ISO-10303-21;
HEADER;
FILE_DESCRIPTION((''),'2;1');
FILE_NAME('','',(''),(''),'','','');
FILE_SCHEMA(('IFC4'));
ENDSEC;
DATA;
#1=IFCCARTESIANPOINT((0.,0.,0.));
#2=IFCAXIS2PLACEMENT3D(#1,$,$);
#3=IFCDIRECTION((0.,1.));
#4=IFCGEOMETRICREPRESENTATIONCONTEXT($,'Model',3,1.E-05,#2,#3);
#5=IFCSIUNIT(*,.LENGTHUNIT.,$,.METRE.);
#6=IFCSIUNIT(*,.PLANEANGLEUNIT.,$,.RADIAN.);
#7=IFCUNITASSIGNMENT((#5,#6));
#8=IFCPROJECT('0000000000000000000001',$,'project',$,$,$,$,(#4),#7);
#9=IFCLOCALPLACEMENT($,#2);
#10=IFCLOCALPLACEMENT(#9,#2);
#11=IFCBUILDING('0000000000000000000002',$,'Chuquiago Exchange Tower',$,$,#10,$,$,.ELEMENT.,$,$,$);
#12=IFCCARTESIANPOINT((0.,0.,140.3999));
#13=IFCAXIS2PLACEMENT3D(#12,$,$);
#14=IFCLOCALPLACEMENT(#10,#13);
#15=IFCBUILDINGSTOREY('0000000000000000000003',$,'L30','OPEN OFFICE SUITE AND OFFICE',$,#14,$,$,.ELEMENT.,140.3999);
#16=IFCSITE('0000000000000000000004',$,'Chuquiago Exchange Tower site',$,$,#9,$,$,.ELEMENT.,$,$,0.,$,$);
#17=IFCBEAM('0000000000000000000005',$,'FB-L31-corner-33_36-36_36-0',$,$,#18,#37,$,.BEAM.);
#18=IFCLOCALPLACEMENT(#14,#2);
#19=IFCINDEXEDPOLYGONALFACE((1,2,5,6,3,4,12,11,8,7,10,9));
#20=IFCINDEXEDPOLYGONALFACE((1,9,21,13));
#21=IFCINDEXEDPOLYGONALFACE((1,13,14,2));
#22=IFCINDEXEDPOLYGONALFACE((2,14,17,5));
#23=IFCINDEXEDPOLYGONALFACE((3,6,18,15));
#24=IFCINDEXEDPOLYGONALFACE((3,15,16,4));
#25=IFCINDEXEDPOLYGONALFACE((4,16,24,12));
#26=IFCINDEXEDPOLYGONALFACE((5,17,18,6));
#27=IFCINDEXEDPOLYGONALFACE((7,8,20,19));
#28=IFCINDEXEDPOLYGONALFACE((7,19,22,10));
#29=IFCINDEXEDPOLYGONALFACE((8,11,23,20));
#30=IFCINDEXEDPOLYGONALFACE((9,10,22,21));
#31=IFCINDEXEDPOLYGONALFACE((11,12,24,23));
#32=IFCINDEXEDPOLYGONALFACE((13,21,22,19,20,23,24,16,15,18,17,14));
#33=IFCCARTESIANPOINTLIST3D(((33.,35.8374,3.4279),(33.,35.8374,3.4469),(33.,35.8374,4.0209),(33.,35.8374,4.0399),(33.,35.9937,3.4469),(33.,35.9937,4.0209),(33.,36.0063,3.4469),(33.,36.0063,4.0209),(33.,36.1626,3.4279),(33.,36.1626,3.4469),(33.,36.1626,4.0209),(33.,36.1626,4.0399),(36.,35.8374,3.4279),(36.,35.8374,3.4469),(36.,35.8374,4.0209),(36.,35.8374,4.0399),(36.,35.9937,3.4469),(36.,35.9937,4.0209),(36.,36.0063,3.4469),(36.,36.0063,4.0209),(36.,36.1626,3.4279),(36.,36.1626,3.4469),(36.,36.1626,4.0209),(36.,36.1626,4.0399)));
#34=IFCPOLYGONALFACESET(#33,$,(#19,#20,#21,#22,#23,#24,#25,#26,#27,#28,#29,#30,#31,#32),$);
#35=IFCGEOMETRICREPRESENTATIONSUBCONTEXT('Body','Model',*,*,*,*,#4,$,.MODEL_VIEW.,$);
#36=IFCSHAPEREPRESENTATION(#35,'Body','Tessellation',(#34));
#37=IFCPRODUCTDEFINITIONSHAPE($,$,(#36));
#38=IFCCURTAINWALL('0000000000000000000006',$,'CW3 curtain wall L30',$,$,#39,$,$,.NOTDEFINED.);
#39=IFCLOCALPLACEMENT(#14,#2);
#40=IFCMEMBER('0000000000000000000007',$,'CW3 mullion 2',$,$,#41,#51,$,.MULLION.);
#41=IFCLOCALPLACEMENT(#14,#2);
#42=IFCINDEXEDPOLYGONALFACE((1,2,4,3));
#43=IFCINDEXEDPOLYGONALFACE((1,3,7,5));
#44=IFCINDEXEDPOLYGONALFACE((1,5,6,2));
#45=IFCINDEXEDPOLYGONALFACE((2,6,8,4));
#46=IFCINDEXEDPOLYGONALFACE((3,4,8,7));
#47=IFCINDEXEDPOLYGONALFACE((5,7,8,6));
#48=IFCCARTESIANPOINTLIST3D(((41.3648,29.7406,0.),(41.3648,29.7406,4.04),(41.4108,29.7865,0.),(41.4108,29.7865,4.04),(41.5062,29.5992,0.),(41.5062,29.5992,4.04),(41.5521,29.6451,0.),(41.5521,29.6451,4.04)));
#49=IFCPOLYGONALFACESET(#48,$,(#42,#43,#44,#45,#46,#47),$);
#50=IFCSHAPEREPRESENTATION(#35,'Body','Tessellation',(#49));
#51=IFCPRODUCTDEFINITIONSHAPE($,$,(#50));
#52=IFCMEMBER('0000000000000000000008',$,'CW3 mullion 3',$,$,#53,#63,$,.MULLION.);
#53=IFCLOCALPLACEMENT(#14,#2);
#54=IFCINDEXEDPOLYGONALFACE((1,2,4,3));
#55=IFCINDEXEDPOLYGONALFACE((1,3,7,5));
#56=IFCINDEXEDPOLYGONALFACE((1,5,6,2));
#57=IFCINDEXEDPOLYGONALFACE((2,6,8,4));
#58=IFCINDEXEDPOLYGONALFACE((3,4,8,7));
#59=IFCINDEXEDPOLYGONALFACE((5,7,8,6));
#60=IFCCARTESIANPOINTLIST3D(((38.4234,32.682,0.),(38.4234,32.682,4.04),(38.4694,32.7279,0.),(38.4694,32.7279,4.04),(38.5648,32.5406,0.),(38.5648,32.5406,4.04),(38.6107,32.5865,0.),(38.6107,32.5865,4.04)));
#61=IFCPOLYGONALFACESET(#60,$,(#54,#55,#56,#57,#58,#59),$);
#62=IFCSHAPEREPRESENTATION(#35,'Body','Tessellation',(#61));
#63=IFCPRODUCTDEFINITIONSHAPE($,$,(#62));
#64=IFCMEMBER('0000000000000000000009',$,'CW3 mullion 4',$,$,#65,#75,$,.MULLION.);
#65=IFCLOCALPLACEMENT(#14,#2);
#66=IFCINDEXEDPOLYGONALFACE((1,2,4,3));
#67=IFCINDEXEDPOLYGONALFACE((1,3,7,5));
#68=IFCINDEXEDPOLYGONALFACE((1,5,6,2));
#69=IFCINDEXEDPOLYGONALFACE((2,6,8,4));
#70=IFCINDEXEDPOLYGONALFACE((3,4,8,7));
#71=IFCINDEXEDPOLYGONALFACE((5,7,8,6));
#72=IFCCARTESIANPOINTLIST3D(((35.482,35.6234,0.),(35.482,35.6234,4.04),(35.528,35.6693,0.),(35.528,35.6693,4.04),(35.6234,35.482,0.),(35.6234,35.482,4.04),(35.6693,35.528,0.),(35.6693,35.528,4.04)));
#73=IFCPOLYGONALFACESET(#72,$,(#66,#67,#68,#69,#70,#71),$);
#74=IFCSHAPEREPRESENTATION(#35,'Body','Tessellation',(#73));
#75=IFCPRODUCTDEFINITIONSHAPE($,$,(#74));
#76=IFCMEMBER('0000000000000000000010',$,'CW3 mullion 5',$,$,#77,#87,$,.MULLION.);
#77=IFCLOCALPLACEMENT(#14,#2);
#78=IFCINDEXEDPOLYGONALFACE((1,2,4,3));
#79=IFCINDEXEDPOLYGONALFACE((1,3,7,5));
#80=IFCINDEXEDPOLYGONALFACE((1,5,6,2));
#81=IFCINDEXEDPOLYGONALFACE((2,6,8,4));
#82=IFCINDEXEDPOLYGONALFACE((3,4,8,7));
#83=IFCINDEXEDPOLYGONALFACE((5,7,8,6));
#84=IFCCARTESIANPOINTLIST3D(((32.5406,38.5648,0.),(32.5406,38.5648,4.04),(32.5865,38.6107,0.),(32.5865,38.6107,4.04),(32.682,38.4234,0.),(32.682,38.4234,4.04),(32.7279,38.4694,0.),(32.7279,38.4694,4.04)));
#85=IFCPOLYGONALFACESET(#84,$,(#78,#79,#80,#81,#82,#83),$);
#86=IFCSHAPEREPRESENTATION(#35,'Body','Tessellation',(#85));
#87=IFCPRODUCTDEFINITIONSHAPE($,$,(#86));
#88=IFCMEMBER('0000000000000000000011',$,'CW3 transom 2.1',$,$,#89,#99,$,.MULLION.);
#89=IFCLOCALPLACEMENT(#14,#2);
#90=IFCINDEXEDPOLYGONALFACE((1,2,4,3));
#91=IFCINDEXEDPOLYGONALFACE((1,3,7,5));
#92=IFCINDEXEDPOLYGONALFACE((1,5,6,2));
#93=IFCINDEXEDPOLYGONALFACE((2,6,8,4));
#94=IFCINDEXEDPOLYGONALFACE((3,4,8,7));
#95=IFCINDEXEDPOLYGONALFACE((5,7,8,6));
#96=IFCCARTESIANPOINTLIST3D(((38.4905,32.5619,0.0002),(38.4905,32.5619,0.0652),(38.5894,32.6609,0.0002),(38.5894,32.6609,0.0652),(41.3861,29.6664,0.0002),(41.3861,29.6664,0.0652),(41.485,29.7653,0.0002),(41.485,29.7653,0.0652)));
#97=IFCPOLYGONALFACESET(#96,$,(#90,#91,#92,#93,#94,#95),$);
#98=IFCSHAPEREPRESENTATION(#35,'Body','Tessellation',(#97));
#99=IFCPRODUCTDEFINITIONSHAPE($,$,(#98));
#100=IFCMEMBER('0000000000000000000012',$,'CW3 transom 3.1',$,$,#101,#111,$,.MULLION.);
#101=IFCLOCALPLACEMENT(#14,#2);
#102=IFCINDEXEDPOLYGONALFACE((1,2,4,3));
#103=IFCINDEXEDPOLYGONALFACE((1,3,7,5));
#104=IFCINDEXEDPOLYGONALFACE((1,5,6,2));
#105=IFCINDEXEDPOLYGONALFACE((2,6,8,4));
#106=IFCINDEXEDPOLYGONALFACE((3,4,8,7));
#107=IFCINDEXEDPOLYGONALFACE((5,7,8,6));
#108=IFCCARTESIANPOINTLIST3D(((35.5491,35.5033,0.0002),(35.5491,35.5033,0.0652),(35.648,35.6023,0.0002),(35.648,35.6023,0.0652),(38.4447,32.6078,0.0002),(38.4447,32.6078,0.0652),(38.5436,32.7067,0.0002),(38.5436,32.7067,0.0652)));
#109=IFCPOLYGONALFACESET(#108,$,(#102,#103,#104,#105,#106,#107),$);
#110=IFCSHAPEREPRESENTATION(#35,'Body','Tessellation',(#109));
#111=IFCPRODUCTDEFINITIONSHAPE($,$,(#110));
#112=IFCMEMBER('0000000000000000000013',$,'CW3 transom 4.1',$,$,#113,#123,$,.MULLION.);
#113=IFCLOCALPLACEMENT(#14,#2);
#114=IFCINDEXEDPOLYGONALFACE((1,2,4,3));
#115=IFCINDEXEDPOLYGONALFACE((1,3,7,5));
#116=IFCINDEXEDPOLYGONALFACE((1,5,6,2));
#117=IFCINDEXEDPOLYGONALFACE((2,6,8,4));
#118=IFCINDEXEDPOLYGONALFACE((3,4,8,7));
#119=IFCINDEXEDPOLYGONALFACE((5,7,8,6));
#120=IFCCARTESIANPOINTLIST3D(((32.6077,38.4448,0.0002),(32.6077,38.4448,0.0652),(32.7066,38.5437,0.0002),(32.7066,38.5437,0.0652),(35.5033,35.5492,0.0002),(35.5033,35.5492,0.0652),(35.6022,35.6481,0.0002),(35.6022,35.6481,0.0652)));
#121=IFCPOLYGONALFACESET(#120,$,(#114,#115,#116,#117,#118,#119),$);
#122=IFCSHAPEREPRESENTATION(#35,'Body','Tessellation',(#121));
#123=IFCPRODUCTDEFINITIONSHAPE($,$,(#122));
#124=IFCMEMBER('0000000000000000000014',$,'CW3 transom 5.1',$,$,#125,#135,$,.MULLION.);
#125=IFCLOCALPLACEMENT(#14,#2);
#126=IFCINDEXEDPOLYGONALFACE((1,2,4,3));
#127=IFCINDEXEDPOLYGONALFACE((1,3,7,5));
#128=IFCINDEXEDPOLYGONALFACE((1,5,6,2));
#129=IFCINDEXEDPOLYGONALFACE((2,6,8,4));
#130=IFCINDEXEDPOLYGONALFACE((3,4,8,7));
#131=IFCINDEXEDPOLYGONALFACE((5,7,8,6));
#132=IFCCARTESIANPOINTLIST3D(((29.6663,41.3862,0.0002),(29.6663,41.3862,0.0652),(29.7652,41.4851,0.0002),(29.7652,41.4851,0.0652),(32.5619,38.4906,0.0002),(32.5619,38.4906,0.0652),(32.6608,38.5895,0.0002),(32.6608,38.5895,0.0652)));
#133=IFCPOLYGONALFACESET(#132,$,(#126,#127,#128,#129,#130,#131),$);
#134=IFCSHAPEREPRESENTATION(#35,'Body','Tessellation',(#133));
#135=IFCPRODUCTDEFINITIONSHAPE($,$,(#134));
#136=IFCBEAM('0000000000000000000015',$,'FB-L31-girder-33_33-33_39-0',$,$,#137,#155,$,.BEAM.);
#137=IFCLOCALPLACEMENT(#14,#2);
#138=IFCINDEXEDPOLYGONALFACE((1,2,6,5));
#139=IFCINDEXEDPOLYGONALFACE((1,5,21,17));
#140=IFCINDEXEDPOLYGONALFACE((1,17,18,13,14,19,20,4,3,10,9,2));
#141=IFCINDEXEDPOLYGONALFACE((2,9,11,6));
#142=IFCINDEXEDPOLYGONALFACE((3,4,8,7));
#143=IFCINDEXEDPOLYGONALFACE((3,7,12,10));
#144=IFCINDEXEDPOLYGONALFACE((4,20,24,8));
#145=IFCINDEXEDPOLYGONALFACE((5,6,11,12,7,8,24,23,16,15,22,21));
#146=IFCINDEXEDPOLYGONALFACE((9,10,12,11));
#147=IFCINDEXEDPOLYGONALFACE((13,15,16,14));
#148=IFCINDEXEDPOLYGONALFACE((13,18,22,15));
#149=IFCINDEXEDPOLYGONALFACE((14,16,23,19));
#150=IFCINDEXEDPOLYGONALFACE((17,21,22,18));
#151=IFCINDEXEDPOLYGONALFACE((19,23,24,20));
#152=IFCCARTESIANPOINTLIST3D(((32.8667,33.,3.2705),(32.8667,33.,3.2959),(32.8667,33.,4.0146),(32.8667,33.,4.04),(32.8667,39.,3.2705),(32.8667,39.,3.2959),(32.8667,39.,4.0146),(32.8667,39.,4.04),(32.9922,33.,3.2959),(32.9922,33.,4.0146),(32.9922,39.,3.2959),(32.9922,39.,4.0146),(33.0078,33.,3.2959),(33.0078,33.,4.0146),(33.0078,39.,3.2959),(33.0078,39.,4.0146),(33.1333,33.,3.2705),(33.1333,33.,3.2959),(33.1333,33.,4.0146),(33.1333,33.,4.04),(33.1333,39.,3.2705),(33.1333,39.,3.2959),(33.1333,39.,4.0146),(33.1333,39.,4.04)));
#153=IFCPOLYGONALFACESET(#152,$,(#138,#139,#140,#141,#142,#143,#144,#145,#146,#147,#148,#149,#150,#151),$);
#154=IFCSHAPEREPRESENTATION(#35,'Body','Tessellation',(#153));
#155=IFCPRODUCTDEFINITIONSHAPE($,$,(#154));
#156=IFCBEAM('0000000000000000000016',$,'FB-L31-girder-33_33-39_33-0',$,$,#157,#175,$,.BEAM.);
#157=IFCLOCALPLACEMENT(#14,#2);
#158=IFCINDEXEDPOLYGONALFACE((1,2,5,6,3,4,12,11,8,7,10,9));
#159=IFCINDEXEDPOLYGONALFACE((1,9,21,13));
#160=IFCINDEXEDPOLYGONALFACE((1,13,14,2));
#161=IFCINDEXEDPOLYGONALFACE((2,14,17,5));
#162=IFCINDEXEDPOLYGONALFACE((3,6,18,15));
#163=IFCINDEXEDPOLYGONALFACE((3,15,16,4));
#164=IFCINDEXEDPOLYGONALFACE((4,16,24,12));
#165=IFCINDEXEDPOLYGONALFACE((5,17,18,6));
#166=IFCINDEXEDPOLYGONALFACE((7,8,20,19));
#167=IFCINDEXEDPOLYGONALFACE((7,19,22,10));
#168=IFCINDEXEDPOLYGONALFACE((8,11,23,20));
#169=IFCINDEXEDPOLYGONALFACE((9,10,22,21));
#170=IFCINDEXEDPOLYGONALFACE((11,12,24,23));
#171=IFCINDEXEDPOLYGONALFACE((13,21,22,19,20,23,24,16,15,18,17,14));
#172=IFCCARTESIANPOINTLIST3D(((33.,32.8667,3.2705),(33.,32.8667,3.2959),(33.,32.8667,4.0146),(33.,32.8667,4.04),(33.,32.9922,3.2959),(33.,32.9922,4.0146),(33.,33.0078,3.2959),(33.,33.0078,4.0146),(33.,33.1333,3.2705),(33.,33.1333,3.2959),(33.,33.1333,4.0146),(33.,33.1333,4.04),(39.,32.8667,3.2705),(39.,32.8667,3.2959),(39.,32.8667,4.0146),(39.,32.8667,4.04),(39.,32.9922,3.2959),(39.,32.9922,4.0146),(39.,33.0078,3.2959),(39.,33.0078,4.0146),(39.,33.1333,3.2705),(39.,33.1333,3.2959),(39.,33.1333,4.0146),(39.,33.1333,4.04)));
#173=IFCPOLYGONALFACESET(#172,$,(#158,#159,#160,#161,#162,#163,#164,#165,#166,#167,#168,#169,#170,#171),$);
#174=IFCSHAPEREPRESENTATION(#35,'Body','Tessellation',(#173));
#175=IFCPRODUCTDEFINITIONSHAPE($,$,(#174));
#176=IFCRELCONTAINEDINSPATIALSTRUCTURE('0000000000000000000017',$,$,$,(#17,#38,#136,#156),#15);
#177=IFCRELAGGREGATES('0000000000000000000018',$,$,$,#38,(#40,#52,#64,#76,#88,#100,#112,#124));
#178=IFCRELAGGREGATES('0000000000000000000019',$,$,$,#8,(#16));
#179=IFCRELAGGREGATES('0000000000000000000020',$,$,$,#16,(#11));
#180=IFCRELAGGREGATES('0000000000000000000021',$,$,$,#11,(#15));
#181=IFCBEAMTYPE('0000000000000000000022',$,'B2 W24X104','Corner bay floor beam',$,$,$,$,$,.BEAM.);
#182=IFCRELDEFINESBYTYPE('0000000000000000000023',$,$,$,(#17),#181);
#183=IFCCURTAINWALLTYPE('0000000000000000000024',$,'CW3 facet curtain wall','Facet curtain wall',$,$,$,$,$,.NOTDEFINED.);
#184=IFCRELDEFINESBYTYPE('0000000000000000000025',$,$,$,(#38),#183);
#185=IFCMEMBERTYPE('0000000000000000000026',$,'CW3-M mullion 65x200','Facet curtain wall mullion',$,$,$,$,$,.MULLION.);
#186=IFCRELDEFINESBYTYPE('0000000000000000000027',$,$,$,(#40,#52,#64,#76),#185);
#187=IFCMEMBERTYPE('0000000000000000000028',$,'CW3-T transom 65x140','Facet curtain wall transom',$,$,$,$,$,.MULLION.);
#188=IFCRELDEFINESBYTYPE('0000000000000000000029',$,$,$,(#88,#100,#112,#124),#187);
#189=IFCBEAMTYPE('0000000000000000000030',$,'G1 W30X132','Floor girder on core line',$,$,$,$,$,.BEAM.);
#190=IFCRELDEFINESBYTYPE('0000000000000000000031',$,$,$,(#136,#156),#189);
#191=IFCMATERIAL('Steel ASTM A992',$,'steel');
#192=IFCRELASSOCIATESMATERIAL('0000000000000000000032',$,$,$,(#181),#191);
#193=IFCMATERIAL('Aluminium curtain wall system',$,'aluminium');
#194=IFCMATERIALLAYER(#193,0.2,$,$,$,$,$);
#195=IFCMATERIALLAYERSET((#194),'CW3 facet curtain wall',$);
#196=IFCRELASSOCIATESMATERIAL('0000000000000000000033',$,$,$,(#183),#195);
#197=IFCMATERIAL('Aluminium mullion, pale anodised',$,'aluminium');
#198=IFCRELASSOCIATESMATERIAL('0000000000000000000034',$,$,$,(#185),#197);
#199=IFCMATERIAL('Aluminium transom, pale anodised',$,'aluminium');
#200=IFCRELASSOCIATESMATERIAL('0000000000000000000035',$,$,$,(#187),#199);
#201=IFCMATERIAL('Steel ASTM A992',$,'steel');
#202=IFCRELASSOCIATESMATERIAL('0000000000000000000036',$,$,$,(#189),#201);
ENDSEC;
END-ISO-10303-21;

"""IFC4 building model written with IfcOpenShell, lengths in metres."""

from ifc_helpers import new_model, si_unit, direction, frame, origin, origin_2d, place, context, subcontext, project, spatial, rectangle, i_section, extrude, material, layer, layer_set, material_profile, profile_set, type_object, element, aggregate, save


model = new_model("IFC4")

# Units and contexts
model_context = context("Model", 3, precision=1e-05, world=origin(), true_north=direction((0.0, 1.0)))
body_context = subcontext(model_context, "Body", "Model", "MODEL_VIEW")
ifc_project = project(units=[si_unit("LENGTHUNIT", "METRE"), si_unit("PLANEANGLEUNIT", "RADIAN")], contexts=[model_context])

# Site, building, storey
site_placement = place(None, origin())
site = spatial("IfcSite", under=ifc_project, at=site_placement, Name="Chuquiago Exchange Tower site", CompositionType="ELEMENT", RefElevation=0.0)
building_placement = place(site_placement, origin())
building = spatial("IfcBuilding", under=site, at=building_placement, Name="Chuquiago Exchange Tower", CompositionType="ELEMENT")
storey_placement = place(building_placement, frame((0.0, 0.0, 140.3999)))
storey = spatial("IfcBuildingStorey", under=building, at=storey_placement, Name="L30", Description="OPEN OFFICE SUITE AND OFFICE", CompositionType="ELEMENT", Elevation=140.3999)

# Beam
ifc_material_1 = material(Name="Steel ASTM A992", Category="steel")
ifc_material_profile_1 = material_profile(ifc_material_1, i_section(OverallWidth=0.3252, OverallDepth=0.6121, WebThickness=0.0127, FlangeThickness=0.019, at=origin_2d()), Name="W24X104")
ifc_profile_set_1 = profile_set([ifc_material_profile_1], Name="Steel ASTM A992")
beam_type_1 = type_object("IfcBeamType", Name="B2 W24X104", Description="Corner bay floor beam", PredefinedType="BEAM", material=ifc_profile_set_1)
beam_1_placement = place(storey_placement, frame((33.0, 36.0, 3.7339), z_axis=(1.0, 0.0, 0.0), x_axis=(0.0, 1.0, 0.0)))
element("IfcBeam", 1, at=beam_1_placement, inside=storey, type_object=beam_type_1, Name="FB-L31-corner-33_36-36_36-0", PredefinedType="BEAM", context=body_context, shape_type="SweptSolid", body=[
    extrude(i_section(OverallWidth=0.3252, OverallDepth=0.6121, WebThickness=0.0127, FlangeThickness=0.019, at=origin_2d()), origin(), (0.0, 0.0, 1.0), 3.0),
])

# Curtain wall, members
ifc_material_2 = material(Name="Aluminium curtain wall system", Category="aluminium")
ifc_layer_1 = layer(ifc_material_2, 0.2)
ifc_layer_set_1 = layer_set([ifc_layer_1], Name="CW3 facet curtain wall")
curtain_wall_type = type_object("IfcCurtainWallType", Name="CW3 facet curtain wall", Description="Facet curtain wall", PredefinedType="NOTDEFINED", material=ifc_layer_set_1)
curtain_wall_placement = place(storey_placement, origin())
curtain_wall = element("IfcCurtainWall", 2, at=curtain_wall_placement, inside=storey, type_object=curtain_wall_type, Name="CW3 curtain wall L30", PredefinedType="NOTDEFINED")
ifc_material_3 = material(Name="Aluminium mullion, pale anodised", Category="aluminium")
ifc_material_profile_2 = material_profile(ifc_material_3, rectangle(XDim=0.0649, YDim=0.2, at=origin_2d()), Name="AL 65x200")
ifc_profile_set_2 = profile_set([ifc_material_profile_2], Name="Aluminium mullion, pale anodised")
member_type_1 = type_object("IfcMemberType", Name="CW3-M mullion 65x200", Description="Facet curtain wall mullion", PredefinedType="MULLION", material=ifc_profile_set_2)
member_1_placement = place(storey_placement, frame((41.4585, 29.6929, 0.0), z_axis=(0.0, 0.0, 1.0), x_axis=(-0.707107, -0.707107, 0.0)))
member_1 = element("IfcMember", 3, at=member_1_placement, type_object=member_type_1, Name="CW3 mullion 2", PredefinedType="MULLION", context=body_context, shape_type="SweptSolid", body=[
    extrude(rectangle(XDim=0.0649, YDim=0.2, at=origin_2d()), origin(), (0.0, 0.0, 1.0), 4.04),
])
member_2_placement = place(storey_placement, frame((38.5171, 32.6343, 0.0), z_axis=(0.0, 0.0, 1.0), x_axis=(-0.707107, -0.707107, 0.0)))
member_2 = element("IfcMember", 4, at=member_2_placement, type_object=member_type_1, Name="CW3 mullion 3", PredefinedType="MULLION", context=body_context, shape_type="SweptSolid", body=[
    extrude(rectangle(XDim=0.0649, YDim=0.2, at=origin_2d()), origin(), (0.0, 0.0, 1.0), 4.04),
])
member_3_placement = place(storey_placement, frame((35.5757, 35.5757, 0.0), z_axis=(0.0, 0.0, 1.0), x_axis=(-0.707107, -0.707107, 0.0)))
member_3 = element("IfcMember", 5, at=member_3_placement, type_object=member_type_1, Name="CW3 mullion 4", PredefinedType="MULLION", context=body_context, shape_type="SweptSolid", body=[
    extrude(rectangle(XDim=0.0649, YDim=0.2, at=origin_2d()), origin(), (0.0, 0.0, 1.0), 4.04),
])
member_4_placement = place(storey_placement, frame((32.6343, 38.5171, 0.0), z_axis=(0.0, 0.0, 1.0), x_axis=(-0.707107, -0.707107, 0.0)))
member_4 = element("IfcMember", 6, at=member_4_placement, type_object=member_type_1, Name="CW3 mullion 5", PredefinedType="MULLION", context=body_context, shape_type="SweptSolid", body=[
    extrude(rectangle(XDim=0.0649, YDim=0.2, at=origin_2d()), origin(), (0.0, 0.0, 1.0), 4.04),
])
ifc_material_4 = material(Name="Aluminium transom, pale anodised", Category="aluminium")
ifc_material_profile_3 = material_profile(ifc_material_4, rectangle(XDim=0.1399, YDim=0.0649, at=origin_2d()), Name="AL 140x65")
ifc_profile_set_3 = profile_set([ifc_material_profile_3], Name="Aluminium transom, pale anodised")
member_type_2 = type_object("IfcMemberType", Name="CW3-T transom 65x140", Description="Facet curtain wall transom", PredefinedType="MULLION", material=ifc_profile_set_3)
member_5_placement = place(storey_placement, frame((41.4355, 29.7158, 0.0327), z_axis=(-0.707107, 0.707107, 0.0), x_axis=(-0.707107, -0.707107, 0.0)))
member_5 = element("IfcMember", 7, at=member_5_placement, type_object=member_type_2, Name="CW3 transom 2.1", PredefinedType="MULLION", context=body_context, shape_type="SweptSolid", body=[
    extrude(rectangle(XDim=0.1399, YDim=0.0649, at=origin_2d()), origin(), (0.0, 0.0, 1.0), 4.095),
])
member_6_placement = place(storey_placement, frame((38.4941, 32.6572, 0.0327), z_axis=(-0.707107, 0.707107, 0.0), x_axis=(-0.707107, -0.707107, 0.0)))
member_6 = element("IfcMember", 8, at=member_6_placement, type_object=member_type_2, Name="CW3 transom 3.1", PredefinedType="MULLION", context=body_context, shape_type="SweptSolid", body=[
    extrude(rectangle(XDim=0.1399, YDim=0.0649, at=origin_2d()), origin(), (0.0, 0.0, 1.0), 4.095),
])
member_7_placement = place(storey_placement, frame((35.5527, 35.5986, 0.0327), z_axis=(-0.707107, 0.707107, 0.0), x_axis=(-0.707107, -0.707107, 0.0)))
member_7 = element("IfcMember", 9, at=member_7_placement, type_object=member_type_2, Name="CW3 transom 4.1", PredefinedType="MULLION", context=body_context, shape_type="SweptSolid", body=[
    extrude(rectangle(XDim=0.1399, YDim=0.0649, at=origin_2d()), origin(), (0.0, 0.0, 1.0), 4.095),
])
member_8_placement = place(storey_placement, frame((32.6113, 38.54, 0.0327), z_axis=(-0.707107, 0.707107, 0.0), x_axis=(-0.707107, -0.707107, 0.0)))
member_8 = element("IfcMember", 10, at=member_8_placement, type_object=member_type_2, Name="CW3 transom 5.1", PredefinedType="MULLION", context=body_context, shape_type="SweptSolid", body=[
    extrude(rectangle(XDim=0.1399, YDim=0.0649, at=origin_2d()), origin(), (0.0, 0.0, 1.0), 4.095),
])

# Beams
ifc_material_5 = material(Name="Steel ASTM A992", Category="steel")
ifc_material_profile_4 = material_profile(ifc_material_5, i_section(OverallWidth=0.2666, OverallDepth=0.7695, WebThickness=0.0156, FlangeThickness=0.0254, at=origin_2d()), Name="W30X132")
ifc_profile_set_4 = profile_set([ifc_material_profile_4], Name="Steel ASTM A992")
beam_type_2 = type_object("IfcBeamType", Name="G1 W30X132", Description="Floor girder on core line", PredefinedType="BEAM", material=ifc_profile_set_4)
for number, where, z_axis, x_axis, name in (
    (11, (33.0, 33.0, 3.6553), (0.0, 1.0, 0.0), (-1.0, 0.0, 0.0), "FB-L31-girder-33_33-33_39-0"),
    (12, (33.0, 33.0, 3.6553), (1.0, 0.0, 0.0), (0.0, 1.0, 0.0), "FB-L31-girder-33_33-39_33-0"),
):
    element("IfcBeam", number, at=place(storey_placement, frame(where, z_axis=z_axis, x_axis=x_axis)), inside=storey, type_object=beam_type_2, Name=name, PredefinedType="BEAM", context=body_context, shape_type="SweptSolid", body=[
        extrude(i_section(OverallWidth=0.2666, OverallDepth=0.7695, WebThickness=0.0156, FlangeThickness=0.0254, at=origin_2d()), origin(), (0.0, 0.0, 1.0), 6.0),
    ])

aggregate(curtain_wall, [member_1, member_2, member_3, member_4, member_5, member_6, member_7, member_8])

save(model, "model.ifc")
